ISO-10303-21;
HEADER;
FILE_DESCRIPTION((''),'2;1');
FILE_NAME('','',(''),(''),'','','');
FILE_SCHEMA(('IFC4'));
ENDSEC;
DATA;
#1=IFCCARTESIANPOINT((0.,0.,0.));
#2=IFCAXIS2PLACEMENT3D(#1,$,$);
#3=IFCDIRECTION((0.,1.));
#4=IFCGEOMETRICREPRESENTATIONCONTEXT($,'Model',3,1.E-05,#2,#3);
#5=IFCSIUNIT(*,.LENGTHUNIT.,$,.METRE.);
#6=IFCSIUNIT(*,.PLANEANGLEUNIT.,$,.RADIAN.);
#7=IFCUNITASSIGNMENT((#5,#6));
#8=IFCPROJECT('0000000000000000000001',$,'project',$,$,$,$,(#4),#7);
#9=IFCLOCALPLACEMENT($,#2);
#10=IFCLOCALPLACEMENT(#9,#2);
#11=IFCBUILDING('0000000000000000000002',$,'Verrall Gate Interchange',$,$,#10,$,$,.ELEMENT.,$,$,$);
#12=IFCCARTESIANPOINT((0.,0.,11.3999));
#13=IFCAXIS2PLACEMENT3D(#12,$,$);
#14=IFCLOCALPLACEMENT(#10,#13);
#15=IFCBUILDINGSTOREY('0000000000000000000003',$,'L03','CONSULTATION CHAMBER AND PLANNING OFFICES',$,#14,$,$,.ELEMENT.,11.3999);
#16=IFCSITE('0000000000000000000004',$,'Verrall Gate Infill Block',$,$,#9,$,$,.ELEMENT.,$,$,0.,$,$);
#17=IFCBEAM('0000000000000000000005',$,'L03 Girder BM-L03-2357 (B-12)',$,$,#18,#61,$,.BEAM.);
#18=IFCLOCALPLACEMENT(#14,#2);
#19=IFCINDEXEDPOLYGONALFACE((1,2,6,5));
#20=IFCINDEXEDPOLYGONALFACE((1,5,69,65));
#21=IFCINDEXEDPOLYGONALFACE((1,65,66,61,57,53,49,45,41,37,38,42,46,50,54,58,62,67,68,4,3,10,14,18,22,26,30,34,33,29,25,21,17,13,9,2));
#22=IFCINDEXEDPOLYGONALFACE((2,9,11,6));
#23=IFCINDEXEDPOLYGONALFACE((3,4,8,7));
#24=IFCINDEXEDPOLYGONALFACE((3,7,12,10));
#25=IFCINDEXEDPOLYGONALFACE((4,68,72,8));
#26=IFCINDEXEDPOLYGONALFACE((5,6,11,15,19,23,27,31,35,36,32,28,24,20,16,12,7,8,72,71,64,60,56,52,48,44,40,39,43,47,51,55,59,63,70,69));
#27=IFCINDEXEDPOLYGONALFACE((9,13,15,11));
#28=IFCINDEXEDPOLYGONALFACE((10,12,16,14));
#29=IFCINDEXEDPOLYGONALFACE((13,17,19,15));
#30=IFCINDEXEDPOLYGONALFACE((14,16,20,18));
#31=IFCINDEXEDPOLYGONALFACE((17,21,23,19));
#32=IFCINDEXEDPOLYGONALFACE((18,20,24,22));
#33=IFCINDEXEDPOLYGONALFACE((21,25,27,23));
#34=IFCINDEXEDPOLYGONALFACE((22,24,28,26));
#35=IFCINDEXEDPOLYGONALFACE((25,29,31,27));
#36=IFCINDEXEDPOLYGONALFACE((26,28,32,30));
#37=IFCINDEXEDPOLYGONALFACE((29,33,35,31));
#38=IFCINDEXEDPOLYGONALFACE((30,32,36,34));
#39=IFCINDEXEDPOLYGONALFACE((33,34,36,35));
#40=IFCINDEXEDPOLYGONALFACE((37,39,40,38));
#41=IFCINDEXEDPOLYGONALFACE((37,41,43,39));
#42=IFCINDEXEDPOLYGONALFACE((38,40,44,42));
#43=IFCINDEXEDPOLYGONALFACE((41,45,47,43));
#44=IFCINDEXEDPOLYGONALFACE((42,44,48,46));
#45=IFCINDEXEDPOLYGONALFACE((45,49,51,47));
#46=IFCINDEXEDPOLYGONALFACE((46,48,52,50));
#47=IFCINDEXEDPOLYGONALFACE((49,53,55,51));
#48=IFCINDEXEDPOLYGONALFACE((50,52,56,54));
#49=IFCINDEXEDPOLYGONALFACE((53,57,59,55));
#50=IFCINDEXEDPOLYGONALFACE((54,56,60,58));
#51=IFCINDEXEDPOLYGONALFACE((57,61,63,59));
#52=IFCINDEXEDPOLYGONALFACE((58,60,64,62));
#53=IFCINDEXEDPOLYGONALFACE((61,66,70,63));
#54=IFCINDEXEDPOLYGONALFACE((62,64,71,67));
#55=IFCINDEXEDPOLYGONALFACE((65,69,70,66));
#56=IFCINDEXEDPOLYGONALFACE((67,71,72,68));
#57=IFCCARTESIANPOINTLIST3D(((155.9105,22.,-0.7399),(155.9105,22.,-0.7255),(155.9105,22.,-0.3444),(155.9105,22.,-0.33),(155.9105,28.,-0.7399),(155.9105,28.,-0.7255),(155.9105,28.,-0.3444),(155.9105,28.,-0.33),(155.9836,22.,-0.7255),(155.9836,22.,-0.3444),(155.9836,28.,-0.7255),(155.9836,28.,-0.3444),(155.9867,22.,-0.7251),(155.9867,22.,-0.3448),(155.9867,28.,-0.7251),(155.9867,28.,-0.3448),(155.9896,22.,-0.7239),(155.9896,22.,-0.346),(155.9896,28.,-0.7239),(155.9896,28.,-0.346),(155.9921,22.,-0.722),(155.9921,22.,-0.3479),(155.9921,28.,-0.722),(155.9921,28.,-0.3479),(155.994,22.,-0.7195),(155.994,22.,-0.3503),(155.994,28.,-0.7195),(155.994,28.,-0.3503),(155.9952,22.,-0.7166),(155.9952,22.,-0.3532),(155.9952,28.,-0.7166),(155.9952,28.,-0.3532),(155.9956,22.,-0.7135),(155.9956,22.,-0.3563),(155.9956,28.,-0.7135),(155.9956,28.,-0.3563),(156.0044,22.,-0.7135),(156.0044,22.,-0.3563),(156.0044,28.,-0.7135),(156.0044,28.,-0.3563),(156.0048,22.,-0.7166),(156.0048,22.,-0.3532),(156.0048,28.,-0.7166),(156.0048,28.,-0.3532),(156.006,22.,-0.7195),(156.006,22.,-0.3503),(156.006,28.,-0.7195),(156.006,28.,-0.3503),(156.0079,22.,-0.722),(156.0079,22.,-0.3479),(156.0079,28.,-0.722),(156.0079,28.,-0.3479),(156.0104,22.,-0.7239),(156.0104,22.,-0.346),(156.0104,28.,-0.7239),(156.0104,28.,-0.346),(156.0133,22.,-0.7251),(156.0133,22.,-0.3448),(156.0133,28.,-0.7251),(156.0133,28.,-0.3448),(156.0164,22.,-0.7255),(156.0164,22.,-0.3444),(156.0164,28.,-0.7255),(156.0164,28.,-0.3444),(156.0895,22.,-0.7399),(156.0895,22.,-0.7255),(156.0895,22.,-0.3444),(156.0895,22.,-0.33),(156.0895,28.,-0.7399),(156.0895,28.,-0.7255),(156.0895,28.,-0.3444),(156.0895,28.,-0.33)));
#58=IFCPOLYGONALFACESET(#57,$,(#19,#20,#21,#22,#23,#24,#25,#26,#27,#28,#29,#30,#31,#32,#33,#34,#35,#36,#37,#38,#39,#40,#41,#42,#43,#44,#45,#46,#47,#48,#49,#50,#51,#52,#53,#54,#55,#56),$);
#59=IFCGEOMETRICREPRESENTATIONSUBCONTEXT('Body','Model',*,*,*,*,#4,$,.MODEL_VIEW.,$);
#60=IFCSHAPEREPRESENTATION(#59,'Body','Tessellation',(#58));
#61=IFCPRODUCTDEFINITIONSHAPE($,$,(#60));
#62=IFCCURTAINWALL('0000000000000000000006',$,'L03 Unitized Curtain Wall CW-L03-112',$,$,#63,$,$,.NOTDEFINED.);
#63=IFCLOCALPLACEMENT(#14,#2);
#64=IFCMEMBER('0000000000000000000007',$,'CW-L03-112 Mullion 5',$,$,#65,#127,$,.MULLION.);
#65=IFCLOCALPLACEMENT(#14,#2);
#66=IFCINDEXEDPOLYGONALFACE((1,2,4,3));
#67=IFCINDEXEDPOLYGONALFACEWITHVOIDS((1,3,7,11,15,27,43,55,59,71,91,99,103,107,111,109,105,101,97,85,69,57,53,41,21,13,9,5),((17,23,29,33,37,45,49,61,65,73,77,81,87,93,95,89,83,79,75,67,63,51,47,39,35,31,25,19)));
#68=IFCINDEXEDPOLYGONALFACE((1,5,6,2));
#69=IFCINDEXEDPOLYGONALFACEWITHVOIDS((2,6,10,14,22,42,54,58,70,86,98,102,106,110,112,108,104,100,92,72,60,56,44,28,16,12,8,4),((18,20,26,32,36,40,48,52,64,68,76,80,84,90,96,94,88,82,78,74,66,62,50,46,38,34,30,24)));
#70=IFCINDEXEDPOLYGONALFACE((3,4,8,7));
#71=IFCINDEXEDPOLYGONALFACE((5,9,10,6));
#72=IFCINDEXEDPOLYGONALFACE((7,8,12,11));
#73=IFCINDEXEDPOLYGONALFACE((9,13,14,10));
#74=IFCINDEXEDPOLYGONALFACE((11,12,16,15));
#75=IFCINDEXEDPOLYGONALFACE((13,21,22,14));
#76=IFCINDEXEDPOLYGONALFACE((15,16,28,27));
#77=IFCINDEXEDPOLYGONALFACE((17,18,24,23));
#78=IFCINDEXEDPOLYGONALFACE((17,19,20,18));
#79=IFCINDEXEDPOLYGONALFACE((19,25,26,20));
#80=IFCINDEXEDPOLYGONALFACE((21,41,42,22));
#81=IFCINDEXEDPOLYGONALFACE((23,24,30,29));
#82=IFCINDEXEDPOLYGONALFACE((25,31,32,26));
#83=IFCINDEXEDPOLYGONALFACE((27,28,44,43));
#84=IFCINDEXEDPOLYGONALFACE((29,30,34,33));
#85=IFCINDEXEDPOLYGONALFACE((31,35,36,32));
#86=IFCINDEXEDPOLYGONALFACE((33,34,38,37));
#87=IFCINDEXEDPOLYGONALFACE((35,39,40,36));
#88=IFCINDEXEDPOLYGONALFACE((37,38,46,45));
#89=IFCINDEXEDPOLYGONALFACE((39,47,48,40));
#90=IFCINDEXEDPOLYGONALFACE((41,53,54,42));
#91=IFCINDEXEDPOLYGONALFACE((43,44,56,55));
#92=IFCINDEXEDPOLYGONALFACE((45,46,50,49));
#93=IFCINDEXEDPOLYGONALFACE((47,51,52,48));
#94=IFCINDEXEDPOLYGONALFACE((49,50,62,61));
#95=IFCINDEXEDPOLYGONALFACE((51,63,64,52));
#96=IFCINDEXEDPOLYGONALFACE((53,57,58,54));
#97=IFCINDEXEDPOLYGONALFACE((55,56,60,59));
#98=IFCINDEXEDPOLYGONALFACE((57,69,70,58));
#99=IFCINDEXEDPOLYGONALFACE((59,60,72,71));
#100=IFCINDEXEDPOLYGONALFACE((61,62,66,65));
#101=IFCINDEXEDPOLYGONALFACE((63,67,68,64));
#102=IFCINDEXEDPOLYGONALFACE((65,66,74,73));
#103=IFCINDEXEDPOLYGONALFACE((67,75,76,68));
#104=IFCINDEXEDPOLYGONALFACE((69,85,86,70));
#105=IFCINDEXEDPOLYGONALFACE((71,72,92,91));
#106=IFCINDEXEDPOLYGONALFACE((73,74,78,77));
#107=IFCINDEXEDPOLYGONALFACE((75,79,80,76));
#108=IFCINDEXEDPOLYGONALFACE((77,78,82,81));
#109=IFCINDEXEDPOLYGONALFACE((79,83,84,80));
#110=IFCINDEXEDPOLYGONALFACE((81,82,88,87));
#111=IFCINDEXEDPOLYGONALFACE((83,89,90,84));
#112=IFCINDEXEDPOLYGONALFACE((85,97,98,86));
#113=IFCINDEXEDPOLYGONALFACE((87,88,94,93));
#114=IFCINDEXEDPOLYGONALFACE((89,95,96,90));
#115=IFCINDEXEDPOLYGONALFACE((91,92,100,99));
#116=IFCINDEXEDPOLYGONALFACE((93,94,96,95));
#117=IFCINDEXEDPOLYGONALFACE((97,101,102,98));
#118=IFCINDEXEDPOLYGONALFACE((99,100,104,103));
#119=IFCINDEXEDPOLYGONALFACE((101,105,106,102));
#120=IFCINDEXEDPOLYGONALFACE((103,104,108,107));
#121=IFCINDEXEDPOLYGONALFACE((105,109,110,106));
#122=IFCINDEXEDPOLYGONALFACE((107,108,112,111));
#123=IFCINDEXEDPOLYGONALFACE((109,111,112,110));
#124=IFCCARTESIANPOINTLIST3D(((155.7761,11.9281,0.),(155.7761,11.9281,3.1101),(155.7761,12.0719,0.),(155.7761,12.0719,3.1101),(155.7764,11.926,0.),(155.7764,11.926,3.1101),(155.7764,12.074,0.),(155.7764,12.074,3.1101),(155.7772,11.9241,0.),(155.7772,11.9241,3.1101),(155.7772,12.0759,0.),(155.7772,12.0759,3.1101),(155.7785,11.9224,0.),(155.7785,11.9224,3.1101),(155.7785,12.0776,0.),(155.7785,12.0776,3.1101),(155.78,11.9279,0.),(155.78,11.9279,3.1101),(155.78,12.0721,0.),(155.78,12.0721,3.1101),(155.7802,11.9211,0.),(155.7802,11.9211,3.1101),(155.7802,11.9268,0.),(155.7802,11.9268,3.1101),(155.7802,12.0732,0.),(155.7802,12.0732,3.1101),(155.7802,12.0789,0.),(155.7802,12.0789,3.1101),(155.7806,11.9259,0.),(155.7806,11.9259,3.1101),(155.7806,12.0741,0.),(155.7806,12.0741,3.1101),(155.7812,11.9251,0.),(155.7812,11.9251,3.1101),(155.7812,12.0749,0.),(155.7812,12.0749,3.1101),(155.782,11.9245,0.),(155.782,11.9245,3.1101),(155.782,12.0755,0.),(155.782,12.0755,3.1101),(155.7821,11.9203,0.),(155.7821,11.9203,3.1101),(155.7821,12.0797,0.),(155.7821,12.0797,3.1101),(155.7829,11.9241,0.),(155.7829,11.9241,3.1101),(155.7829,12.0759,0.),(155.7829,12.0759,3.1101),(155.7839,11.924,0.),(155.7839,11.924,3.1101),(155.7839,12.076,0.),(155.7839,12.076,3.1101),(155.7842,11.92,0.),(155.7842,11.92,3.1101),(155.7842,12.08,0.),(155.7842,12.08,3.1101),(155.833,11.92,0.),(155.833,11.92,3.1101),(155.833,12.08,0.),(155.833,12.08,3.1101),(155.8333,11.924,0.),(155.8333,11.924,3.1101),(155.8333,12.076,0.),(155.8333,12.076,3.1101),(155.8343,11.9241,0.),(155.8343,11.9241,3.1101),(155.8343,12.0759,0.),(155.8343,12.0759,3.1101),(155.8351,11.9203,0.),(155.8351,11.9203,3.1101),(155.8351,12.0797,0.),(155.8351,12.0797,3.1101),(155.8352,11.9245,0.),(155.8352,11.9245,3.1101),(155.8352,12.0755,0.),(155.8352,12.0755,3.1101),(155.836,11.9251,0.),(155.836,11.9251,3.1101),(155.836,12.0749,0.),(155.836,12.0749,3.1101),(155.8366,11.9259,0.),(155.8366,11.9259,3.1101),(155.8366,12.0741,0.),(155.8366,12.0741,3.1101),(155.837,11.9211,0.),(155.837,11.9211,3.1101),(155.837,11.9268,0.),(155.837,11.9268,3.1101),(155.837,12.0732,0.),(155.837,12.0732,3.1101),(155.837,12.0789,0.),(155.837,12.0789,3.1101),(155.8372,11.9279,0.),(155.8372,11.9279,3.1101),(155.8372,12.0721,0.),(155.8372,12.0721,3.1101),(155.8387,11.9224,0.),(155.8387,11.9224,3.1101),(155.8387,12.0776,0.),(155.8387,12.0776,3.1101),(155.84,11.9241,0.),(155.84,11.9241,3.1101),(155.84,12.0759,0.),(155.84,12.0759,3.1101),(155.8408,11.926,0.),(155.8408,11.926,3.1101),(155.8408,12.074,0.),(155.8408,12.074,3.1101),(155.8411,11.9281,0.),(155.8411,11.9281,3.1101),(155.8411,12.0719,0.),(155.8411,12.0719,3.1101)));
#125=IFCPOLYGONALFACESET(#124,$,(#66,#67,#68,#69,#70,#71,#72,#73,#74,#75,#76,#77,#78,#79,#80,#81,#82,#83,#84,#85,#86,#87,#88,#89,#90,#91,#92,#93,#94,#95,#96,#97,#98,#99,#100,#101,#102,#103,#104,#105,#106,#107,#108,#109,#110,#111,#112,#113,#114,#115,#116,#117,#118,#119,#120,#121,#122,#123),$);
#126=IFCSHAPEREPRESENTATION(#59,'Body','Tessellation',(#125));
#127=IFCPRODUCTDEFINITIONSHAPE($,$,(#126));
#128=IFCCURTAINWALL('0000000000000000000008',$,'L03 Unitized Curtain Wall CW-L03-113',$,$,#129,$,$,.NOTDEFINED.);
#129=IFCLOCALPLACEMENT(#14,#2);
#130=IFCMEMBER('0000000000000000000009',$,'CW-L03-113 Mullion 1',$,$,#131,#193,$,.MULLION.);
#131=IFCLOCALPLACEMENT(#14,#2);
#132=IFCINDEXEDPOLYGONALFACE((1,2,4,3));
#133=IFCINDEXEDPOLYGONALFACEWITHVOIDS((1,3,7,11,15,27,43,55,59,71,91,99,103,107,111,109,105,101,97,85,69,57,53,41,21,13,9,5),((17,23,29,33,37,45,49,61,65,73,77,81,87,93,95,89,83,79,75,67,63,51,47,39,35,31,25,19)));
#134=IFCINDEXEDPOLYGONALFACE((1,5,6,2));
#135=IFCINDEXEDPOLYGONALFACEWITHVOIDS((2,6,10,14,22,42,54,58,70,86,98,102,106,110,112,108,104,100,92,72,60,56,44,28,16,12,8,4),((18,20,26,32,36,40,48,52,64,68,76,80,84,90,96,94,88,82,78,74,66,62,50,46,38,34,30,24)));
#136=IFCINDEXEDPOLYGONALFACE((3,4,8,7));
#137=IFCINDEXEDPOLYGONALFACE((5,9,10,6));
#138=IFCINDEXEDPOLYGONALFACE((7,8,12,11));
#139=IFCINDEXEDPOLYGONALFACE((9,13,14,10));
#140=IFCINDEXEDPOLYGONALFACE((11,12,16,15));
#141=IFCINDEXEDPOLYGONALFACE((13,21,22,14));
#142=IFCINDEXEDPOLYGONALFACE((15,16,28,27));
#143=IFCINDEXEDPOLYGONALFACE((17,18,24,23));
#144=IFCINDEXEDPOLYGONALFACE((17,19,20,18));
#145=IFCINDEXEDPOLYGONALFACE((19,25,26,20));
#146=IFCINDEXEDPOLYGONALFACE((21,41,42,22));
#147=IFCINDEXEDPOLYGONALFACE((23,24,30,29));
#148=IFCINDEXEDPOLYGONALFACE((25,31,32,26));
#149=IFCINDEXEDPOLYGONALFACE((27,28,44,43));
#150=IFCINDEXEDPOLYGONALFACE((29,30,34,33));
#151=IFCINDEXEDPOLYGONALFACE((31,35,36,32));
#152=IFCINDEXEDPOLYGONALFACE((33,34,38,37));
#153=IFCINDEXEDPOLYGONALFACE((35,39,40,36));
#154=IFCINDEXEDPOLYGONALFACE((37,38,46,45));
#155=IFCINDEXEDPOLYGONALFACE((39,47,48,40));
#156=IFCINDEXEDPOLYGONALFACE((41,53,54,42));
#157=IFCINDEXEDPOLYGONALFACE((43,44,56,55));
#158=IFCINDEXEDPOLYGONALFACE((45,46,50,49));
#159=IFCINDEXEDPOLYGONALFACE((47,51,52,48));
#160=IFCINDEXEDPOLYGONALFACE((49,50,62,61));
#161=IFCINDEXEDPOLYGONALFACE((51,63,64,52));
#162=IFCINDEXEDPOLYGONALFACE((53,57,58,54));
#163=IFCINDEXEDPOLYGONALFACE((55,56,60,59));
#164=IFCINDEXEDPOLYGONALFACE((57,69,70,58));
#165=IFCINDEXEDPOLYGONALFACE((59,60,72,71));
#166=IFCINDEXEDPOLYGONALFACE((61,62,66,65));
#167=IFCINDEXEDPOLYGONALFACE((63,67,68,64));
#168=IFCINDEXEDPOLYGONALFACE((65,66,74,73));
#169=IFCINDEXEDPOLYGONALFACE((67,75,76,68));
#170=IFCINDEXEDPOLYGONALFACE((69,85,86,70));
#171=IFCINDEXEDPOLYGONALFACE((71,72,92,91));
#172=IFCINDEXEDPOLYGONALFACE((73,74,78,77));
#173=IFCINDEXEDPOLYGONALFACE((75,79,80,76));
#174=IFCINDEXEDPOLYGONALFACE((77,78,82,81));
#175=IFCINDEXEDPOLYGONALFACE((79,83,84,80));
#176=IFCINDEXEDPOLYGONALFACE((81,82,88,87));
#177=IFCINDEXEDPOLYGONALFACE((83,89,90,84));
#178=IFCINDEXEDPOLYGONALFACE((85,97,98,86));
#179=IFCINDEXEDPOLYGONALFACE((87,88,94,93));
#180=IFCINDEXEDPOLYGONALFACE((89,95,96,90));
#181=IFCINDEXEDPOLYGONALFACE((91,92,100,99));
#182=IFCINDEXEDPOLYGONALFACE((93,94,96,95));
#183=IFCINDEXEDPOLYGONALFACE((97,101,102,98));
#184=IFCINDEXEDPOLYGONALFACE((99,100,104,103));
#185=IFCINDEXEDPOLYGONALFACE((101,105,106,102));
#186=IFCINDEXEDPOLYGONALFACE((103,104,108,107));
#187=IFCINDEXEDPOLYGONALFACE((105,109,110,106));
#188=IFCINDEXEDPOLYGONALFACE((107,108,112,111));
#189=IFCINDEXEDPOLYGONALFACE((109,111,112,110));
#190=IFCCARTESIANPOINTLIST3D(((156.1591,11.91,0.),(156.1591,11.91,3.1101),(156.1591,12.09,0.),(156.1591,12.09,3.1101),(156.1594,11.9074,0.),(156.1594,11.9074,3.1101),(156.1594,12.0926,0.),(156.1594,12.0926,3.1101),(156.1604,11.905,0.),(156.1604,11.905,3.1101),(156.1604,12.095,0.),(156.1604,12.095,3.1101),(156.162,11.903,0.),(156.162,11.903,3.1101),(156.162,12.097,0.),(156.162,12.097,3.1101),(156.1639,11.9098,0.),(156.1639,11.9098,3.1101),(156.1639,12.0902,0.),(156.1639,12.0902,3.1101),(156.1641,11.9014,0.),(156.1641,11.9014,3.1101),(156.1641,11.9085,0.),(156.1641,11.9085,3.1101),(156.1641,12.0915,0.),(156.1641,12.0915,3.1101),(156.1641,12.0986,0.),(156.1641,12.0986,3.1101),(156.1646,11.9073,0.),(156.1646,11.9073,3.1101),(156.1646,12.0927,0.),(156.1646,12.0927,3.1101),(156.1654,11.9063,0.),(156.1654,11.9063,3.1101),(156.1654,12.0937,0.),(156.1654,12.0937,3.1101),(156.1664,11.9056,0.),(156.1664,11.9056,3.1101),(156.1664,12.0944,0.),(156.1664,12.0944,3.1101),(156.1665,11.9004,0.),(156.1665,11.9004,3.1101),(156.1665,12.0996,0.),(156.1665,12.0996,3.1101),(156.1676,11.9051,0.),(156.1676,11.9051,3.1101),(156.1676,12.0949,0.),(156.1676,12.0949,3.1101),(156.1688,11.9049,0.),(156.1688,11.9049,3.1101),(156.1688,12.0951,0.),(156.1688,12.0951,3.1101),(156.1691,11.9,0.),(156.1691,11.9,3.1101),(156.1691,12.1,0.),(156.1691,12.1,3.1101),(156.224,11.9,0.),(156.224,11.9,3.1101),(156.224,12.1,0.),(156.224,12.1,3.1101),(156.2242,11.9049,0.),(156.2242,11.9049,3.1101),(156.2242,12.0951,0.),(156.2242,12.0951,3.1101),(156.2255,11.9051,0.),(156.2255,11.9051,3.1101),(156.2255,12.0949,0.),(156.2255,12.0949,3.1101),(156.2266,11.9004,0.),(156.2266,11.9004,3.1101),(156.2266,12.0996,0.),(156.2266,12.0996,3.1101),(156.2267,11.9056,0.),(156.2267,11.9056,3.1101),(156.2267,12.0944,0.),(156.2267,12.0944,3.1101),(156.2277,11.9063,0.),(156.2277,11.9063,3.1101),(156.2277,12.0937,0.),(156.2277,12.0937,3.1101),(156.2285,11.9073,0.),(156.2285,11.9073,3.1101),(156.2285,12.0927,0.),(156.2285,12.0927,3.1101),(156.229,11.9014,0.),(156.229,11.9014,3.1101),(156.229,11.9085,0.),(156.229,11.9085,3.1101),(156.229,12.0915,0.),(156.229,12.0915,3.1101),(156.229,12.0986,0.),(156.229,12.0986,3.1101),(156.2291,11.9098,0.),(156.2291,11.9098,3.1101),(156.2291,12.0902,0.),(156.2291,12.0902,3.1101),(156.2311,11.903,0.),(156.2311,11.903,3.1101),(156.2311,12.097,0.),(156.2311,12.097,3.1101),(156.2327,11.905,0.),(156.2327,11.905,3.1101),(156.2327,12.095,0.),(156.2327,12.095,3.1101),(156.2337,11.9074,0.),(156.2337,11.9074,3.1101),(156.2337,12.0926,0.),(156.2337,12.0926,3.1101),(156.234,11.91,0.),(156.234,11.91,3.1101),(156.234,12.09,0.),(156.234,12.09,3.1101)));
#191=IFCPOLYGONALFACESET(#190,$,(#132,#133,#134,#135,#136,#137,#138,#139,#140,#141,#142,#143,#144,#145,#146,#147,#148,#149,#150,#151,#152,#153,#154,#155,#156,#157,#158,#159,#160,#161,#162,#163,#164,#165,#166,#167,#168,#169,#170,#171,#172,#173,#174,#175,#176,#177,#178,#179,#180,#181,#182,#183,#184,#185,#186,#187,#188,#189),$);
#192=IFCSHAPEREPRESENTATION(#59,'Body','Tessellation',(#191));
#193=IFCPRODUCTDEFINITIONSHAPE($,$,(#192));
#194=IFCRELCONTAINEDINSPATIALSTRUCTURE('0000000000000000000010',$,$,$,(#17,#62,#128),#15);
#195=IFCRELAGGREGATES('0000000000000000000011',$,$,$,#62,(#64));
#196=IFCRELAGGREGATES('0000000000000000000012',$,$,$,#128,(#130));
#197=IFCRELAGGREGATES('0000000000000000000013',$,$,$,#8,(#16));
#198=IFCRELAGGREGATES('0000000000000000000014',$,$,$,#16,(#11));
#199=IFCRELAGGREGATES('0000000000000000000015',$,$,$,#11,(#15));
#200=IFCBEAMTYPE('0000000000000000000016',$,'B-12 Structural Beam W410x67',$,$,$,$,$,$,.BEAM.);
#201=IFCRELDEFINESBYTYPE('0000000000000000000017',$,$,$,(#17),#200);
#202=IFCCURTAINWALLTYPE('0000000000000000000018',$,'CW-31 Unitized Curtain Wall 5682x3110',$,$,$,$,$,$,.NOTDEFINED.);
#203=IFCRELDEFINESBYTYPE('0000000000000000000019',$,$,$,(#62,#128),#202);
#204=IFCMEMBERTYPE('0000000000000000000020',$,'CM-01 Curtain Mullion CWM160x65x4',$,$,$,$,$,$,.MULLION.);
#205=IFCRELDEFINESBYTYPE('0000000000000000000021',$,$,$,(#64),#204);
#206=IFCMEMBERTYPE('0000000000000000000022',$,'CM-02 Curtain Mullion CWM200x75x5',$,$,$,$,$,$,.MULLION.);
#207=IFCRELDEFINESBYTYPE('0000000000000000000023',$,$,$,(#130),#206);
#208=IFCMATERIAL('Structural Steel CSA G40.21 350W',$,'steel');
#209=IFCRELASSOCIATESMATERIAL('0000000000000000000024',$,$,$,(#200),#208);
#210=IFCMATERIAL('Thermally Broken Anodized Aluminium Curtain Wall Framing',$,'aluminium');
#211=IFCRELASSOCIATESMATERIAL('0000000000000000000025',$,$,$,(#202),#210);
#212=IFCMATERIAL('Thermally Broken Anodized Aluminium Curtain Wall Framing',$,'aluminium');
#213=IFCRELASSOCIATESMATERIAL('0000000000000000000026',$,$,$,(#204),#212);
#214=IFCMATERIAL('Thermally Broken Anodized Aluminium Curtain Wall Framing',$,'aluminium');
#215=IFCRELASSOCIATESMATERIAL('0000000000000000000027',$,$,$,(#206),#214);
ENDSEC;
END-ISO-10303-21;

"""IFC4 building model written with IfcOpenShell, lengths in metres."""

from ifc_helpers import new_model, si_unit, direction, frame, origin, origin_2d, place, context, subcontext, project, spatial, hollow_rectangle, i_section, extrude, material, material_profile, profile_set, type_object, element, aggregate, save


model = new_model("IFC4")

# Units and contexts
model_context = context("Model", 3, precision=1e-05, world=origin(), true_north=direction((0.0, 1.0)))
body_context = subcontext(model_context, "Body", "Model", "MODEL_VIEW")
ifc_project = project(units=[si_unit("LENGTHUNIT", "METRE"), si_unit("PLANEANGLEUNIT", "RADIAN")], contexts=[model_context])

# Site, building, storey
site_placement = place(None, origin())
site = spatial("IfcSite", under=ifc_project, at=site_placement, Name="Verrall Gate Infill Block", CompositionType="ELEMENT", RefElevation=0.0)
building_placement = place(site_placement, origin())
building = spatial("IfcBuilding", under=site, at=building_placement, Name="Verrall Gate Interchange", CompositionType="ELEMENT")
storey_placement = place(building_placement, frame((0.0, 0.0, 11.3999)))
storey = spatial("IfcBuildingStorey", under=building, at=storey_placement, Name="L03", Description="CONSULTATION CHAMBER AND PLANNING OFFICES", CompositionType="ELEMENT", Elevation=11.3999)

# Beam
ifc_material_1 = material(Name="Structural Steel CSA G40.21 350W", Category="steel")
ifc_material_profile_1 = material_profile(ifc_material_1, i_section(OverallWidth=0.179, OverallDepth=0.4099, WebThickness=0.0088, FlangeThickness=0.0144, FilletRadius=0.012, at=origin_2d()), Name="W410x67")
ifc_profile_set_1 = profile_set([ifc_material_profile_1], Name="Structural Steel CSA G40.21 350W")
beam_type_1 = type_object("IfcBeamType", Name="B-12 Structural Beam W410x67", PredefinedType="BEAM", material=ifc_profile_set_1)
for number, where, z_axis, x_axis, name in (
    (1, (156.0, 22.0, -0.5349), (0.0, 1.0, 0.0), (-1.0, 0.0, 0.0), "L03 Girder BM-L03-2357 (B-12)"),
):
    element("IfcBeam", number, at=place(storey_placement, frame(where, z_axis=z_axis, x_axis=x_axis)), inside=storey, type_object=beam_type_1, Name=name, PredefinedType="BEAM", context=body_context, shape_type="SweptSolid", body=[
        extrude(i_section(OverallWidth=0.179, OverallDepth=0.4099, WebThickness=0.0088, FlangeThickness=0.0144, FilletRadius=0.012, at=origin_2d()), origin(), (0.0, 0.0, 1.0), 6.0),
    ])

# Curtain wall, member
ifc_material_2 = material(Name="Thermally Broken Anodized Aluminium Curtain Wall Framing", Category="aluminium")
curtain_wall_type = type_object("IfcCurtainWallType", Name="CW-31 Unitized Curtain Wall 5682x3110", PredefinedType="NOTDEFINED", material=ifc_material_2)
curtain_wall_1_placement = place(storey_placement, origin())
curtain_wall_1 = element("IfcCurtainWall", 2, at=curtain_wall_1_placement, inside=storey, type_object=curtain_wall_type, Name="L03 Unitized Curtain Wall CW-L03-112", PredefinedType="NOTDEFINED")
ifc_material_3 = material(Name="Thermally Broken Anodized Aluminium Curtain Wall Framing", Category="aluminium")
ifc_material_profile_2 = material_profile(ifc_material_3, hollow_rectangle(XDim=0.0649, YDim=0.1599, WallThickness=0.0039, InnerFilletRadius=0.0039, OuterFilletRadius=0.0081, at=origin_2d()), Name="CWM160x65x4")
ifc_profile_set_2 = profile_set([ifc_material_profile_2], Name="Thermally Broken Anodized Aluminium Curtain Wall Framing")
member_type_1 = type_object("IfcMemberType", Name="CM-01 Curtain Mullion CWM160x65x4", PredefinedType="MULLION", material=ifc_profile_set_2)
member_1_placement = place(storey_placement, frame((155.8086, 12.0, 0.0), z_axis=(0.0, 0.0, 1.0), x_axis=(1.0, 0.0, 0.0)))
member_1 = element("IfcMember", 3, at=member_1_placement, type_object=member_type_1, Name="CW-L03-112 Mullion 5", PredefinedType="MULLION", context=body_context, shape_type="SweptSolid", body=[
    extrude(hollow_rectangle(XDim=0.0649, YDim=0.1599, WallThickness=0.0039, InnerFilletRadius=0.0039, OuterFilletRadius=0.0081, at=origin_2d()), origin(), (0.0, 0.0, 1.0), 3.1101),
])
aggregate(curtain_wall_1, [member_1])

# Curtain wall, member
curtain_wall_2_placement = place(storey_placement, origin())
curtain_wall_2 = element("IfcCurtainWall", 4, at=curtain_wall_2_placement, inside=storey, type_object=curtain_wall_type, Name="L03 Unitized Curtain Wall CW-L03-113", PredefinedType="NOTDEFINED")
ifc_material_4 = material(Name="Thermally Broken Anodized Aluminium Curtain Wall Framing", Category="aluminium")
ifc_material_profile_3 = material_profile(ifc_material_4, hollow_rectangle(XDim=0.075, YDim=0.2, WallThickness=0.0049, InnerFilletRadius=0.0049, OuterFilletRadius=0.01, at=origin_2d()), Name="CWM200x75x5")
ifc_profile_set_3 = profile_set([ifc_material_profile_3], Name="Thermally Broken Anodized Aluminium Curtain Wall Framing")
member_type_2 = type_object("IfcMemberType", Name="CM-02 Curtain Mullion CWM200x75x5", PredefinedType="MULLION", material=ifc_profile_set_3)
member_2_placement = place(storey_placement, frame((156.1965, 12.0, 0.0), z_axis=(0.0, 0.0, 1.0), x_axis=(1.0, 0.0, 0.0)))
member_2 = element("IfcMember", 5, at=member_2_placement, type_object=member_type_2, Name="CW-L03-113 Mullion 1", PredefinedType="MULLION", context=body_context, shape_type="SweptSolid", body=[
    extrude(hollow_rectangle(XDim=0.075, YDim=0.2, WallThickness=0.0049, InnerFilletRadius=0.0049, OuterFilletRadius=0.01, at=origin_2d()), origin(), (0.0, 0.0, 1.0), 3.1101),
])

aggregate(curtain_wall_2, [member_2])

save(model, "model.ifc")
